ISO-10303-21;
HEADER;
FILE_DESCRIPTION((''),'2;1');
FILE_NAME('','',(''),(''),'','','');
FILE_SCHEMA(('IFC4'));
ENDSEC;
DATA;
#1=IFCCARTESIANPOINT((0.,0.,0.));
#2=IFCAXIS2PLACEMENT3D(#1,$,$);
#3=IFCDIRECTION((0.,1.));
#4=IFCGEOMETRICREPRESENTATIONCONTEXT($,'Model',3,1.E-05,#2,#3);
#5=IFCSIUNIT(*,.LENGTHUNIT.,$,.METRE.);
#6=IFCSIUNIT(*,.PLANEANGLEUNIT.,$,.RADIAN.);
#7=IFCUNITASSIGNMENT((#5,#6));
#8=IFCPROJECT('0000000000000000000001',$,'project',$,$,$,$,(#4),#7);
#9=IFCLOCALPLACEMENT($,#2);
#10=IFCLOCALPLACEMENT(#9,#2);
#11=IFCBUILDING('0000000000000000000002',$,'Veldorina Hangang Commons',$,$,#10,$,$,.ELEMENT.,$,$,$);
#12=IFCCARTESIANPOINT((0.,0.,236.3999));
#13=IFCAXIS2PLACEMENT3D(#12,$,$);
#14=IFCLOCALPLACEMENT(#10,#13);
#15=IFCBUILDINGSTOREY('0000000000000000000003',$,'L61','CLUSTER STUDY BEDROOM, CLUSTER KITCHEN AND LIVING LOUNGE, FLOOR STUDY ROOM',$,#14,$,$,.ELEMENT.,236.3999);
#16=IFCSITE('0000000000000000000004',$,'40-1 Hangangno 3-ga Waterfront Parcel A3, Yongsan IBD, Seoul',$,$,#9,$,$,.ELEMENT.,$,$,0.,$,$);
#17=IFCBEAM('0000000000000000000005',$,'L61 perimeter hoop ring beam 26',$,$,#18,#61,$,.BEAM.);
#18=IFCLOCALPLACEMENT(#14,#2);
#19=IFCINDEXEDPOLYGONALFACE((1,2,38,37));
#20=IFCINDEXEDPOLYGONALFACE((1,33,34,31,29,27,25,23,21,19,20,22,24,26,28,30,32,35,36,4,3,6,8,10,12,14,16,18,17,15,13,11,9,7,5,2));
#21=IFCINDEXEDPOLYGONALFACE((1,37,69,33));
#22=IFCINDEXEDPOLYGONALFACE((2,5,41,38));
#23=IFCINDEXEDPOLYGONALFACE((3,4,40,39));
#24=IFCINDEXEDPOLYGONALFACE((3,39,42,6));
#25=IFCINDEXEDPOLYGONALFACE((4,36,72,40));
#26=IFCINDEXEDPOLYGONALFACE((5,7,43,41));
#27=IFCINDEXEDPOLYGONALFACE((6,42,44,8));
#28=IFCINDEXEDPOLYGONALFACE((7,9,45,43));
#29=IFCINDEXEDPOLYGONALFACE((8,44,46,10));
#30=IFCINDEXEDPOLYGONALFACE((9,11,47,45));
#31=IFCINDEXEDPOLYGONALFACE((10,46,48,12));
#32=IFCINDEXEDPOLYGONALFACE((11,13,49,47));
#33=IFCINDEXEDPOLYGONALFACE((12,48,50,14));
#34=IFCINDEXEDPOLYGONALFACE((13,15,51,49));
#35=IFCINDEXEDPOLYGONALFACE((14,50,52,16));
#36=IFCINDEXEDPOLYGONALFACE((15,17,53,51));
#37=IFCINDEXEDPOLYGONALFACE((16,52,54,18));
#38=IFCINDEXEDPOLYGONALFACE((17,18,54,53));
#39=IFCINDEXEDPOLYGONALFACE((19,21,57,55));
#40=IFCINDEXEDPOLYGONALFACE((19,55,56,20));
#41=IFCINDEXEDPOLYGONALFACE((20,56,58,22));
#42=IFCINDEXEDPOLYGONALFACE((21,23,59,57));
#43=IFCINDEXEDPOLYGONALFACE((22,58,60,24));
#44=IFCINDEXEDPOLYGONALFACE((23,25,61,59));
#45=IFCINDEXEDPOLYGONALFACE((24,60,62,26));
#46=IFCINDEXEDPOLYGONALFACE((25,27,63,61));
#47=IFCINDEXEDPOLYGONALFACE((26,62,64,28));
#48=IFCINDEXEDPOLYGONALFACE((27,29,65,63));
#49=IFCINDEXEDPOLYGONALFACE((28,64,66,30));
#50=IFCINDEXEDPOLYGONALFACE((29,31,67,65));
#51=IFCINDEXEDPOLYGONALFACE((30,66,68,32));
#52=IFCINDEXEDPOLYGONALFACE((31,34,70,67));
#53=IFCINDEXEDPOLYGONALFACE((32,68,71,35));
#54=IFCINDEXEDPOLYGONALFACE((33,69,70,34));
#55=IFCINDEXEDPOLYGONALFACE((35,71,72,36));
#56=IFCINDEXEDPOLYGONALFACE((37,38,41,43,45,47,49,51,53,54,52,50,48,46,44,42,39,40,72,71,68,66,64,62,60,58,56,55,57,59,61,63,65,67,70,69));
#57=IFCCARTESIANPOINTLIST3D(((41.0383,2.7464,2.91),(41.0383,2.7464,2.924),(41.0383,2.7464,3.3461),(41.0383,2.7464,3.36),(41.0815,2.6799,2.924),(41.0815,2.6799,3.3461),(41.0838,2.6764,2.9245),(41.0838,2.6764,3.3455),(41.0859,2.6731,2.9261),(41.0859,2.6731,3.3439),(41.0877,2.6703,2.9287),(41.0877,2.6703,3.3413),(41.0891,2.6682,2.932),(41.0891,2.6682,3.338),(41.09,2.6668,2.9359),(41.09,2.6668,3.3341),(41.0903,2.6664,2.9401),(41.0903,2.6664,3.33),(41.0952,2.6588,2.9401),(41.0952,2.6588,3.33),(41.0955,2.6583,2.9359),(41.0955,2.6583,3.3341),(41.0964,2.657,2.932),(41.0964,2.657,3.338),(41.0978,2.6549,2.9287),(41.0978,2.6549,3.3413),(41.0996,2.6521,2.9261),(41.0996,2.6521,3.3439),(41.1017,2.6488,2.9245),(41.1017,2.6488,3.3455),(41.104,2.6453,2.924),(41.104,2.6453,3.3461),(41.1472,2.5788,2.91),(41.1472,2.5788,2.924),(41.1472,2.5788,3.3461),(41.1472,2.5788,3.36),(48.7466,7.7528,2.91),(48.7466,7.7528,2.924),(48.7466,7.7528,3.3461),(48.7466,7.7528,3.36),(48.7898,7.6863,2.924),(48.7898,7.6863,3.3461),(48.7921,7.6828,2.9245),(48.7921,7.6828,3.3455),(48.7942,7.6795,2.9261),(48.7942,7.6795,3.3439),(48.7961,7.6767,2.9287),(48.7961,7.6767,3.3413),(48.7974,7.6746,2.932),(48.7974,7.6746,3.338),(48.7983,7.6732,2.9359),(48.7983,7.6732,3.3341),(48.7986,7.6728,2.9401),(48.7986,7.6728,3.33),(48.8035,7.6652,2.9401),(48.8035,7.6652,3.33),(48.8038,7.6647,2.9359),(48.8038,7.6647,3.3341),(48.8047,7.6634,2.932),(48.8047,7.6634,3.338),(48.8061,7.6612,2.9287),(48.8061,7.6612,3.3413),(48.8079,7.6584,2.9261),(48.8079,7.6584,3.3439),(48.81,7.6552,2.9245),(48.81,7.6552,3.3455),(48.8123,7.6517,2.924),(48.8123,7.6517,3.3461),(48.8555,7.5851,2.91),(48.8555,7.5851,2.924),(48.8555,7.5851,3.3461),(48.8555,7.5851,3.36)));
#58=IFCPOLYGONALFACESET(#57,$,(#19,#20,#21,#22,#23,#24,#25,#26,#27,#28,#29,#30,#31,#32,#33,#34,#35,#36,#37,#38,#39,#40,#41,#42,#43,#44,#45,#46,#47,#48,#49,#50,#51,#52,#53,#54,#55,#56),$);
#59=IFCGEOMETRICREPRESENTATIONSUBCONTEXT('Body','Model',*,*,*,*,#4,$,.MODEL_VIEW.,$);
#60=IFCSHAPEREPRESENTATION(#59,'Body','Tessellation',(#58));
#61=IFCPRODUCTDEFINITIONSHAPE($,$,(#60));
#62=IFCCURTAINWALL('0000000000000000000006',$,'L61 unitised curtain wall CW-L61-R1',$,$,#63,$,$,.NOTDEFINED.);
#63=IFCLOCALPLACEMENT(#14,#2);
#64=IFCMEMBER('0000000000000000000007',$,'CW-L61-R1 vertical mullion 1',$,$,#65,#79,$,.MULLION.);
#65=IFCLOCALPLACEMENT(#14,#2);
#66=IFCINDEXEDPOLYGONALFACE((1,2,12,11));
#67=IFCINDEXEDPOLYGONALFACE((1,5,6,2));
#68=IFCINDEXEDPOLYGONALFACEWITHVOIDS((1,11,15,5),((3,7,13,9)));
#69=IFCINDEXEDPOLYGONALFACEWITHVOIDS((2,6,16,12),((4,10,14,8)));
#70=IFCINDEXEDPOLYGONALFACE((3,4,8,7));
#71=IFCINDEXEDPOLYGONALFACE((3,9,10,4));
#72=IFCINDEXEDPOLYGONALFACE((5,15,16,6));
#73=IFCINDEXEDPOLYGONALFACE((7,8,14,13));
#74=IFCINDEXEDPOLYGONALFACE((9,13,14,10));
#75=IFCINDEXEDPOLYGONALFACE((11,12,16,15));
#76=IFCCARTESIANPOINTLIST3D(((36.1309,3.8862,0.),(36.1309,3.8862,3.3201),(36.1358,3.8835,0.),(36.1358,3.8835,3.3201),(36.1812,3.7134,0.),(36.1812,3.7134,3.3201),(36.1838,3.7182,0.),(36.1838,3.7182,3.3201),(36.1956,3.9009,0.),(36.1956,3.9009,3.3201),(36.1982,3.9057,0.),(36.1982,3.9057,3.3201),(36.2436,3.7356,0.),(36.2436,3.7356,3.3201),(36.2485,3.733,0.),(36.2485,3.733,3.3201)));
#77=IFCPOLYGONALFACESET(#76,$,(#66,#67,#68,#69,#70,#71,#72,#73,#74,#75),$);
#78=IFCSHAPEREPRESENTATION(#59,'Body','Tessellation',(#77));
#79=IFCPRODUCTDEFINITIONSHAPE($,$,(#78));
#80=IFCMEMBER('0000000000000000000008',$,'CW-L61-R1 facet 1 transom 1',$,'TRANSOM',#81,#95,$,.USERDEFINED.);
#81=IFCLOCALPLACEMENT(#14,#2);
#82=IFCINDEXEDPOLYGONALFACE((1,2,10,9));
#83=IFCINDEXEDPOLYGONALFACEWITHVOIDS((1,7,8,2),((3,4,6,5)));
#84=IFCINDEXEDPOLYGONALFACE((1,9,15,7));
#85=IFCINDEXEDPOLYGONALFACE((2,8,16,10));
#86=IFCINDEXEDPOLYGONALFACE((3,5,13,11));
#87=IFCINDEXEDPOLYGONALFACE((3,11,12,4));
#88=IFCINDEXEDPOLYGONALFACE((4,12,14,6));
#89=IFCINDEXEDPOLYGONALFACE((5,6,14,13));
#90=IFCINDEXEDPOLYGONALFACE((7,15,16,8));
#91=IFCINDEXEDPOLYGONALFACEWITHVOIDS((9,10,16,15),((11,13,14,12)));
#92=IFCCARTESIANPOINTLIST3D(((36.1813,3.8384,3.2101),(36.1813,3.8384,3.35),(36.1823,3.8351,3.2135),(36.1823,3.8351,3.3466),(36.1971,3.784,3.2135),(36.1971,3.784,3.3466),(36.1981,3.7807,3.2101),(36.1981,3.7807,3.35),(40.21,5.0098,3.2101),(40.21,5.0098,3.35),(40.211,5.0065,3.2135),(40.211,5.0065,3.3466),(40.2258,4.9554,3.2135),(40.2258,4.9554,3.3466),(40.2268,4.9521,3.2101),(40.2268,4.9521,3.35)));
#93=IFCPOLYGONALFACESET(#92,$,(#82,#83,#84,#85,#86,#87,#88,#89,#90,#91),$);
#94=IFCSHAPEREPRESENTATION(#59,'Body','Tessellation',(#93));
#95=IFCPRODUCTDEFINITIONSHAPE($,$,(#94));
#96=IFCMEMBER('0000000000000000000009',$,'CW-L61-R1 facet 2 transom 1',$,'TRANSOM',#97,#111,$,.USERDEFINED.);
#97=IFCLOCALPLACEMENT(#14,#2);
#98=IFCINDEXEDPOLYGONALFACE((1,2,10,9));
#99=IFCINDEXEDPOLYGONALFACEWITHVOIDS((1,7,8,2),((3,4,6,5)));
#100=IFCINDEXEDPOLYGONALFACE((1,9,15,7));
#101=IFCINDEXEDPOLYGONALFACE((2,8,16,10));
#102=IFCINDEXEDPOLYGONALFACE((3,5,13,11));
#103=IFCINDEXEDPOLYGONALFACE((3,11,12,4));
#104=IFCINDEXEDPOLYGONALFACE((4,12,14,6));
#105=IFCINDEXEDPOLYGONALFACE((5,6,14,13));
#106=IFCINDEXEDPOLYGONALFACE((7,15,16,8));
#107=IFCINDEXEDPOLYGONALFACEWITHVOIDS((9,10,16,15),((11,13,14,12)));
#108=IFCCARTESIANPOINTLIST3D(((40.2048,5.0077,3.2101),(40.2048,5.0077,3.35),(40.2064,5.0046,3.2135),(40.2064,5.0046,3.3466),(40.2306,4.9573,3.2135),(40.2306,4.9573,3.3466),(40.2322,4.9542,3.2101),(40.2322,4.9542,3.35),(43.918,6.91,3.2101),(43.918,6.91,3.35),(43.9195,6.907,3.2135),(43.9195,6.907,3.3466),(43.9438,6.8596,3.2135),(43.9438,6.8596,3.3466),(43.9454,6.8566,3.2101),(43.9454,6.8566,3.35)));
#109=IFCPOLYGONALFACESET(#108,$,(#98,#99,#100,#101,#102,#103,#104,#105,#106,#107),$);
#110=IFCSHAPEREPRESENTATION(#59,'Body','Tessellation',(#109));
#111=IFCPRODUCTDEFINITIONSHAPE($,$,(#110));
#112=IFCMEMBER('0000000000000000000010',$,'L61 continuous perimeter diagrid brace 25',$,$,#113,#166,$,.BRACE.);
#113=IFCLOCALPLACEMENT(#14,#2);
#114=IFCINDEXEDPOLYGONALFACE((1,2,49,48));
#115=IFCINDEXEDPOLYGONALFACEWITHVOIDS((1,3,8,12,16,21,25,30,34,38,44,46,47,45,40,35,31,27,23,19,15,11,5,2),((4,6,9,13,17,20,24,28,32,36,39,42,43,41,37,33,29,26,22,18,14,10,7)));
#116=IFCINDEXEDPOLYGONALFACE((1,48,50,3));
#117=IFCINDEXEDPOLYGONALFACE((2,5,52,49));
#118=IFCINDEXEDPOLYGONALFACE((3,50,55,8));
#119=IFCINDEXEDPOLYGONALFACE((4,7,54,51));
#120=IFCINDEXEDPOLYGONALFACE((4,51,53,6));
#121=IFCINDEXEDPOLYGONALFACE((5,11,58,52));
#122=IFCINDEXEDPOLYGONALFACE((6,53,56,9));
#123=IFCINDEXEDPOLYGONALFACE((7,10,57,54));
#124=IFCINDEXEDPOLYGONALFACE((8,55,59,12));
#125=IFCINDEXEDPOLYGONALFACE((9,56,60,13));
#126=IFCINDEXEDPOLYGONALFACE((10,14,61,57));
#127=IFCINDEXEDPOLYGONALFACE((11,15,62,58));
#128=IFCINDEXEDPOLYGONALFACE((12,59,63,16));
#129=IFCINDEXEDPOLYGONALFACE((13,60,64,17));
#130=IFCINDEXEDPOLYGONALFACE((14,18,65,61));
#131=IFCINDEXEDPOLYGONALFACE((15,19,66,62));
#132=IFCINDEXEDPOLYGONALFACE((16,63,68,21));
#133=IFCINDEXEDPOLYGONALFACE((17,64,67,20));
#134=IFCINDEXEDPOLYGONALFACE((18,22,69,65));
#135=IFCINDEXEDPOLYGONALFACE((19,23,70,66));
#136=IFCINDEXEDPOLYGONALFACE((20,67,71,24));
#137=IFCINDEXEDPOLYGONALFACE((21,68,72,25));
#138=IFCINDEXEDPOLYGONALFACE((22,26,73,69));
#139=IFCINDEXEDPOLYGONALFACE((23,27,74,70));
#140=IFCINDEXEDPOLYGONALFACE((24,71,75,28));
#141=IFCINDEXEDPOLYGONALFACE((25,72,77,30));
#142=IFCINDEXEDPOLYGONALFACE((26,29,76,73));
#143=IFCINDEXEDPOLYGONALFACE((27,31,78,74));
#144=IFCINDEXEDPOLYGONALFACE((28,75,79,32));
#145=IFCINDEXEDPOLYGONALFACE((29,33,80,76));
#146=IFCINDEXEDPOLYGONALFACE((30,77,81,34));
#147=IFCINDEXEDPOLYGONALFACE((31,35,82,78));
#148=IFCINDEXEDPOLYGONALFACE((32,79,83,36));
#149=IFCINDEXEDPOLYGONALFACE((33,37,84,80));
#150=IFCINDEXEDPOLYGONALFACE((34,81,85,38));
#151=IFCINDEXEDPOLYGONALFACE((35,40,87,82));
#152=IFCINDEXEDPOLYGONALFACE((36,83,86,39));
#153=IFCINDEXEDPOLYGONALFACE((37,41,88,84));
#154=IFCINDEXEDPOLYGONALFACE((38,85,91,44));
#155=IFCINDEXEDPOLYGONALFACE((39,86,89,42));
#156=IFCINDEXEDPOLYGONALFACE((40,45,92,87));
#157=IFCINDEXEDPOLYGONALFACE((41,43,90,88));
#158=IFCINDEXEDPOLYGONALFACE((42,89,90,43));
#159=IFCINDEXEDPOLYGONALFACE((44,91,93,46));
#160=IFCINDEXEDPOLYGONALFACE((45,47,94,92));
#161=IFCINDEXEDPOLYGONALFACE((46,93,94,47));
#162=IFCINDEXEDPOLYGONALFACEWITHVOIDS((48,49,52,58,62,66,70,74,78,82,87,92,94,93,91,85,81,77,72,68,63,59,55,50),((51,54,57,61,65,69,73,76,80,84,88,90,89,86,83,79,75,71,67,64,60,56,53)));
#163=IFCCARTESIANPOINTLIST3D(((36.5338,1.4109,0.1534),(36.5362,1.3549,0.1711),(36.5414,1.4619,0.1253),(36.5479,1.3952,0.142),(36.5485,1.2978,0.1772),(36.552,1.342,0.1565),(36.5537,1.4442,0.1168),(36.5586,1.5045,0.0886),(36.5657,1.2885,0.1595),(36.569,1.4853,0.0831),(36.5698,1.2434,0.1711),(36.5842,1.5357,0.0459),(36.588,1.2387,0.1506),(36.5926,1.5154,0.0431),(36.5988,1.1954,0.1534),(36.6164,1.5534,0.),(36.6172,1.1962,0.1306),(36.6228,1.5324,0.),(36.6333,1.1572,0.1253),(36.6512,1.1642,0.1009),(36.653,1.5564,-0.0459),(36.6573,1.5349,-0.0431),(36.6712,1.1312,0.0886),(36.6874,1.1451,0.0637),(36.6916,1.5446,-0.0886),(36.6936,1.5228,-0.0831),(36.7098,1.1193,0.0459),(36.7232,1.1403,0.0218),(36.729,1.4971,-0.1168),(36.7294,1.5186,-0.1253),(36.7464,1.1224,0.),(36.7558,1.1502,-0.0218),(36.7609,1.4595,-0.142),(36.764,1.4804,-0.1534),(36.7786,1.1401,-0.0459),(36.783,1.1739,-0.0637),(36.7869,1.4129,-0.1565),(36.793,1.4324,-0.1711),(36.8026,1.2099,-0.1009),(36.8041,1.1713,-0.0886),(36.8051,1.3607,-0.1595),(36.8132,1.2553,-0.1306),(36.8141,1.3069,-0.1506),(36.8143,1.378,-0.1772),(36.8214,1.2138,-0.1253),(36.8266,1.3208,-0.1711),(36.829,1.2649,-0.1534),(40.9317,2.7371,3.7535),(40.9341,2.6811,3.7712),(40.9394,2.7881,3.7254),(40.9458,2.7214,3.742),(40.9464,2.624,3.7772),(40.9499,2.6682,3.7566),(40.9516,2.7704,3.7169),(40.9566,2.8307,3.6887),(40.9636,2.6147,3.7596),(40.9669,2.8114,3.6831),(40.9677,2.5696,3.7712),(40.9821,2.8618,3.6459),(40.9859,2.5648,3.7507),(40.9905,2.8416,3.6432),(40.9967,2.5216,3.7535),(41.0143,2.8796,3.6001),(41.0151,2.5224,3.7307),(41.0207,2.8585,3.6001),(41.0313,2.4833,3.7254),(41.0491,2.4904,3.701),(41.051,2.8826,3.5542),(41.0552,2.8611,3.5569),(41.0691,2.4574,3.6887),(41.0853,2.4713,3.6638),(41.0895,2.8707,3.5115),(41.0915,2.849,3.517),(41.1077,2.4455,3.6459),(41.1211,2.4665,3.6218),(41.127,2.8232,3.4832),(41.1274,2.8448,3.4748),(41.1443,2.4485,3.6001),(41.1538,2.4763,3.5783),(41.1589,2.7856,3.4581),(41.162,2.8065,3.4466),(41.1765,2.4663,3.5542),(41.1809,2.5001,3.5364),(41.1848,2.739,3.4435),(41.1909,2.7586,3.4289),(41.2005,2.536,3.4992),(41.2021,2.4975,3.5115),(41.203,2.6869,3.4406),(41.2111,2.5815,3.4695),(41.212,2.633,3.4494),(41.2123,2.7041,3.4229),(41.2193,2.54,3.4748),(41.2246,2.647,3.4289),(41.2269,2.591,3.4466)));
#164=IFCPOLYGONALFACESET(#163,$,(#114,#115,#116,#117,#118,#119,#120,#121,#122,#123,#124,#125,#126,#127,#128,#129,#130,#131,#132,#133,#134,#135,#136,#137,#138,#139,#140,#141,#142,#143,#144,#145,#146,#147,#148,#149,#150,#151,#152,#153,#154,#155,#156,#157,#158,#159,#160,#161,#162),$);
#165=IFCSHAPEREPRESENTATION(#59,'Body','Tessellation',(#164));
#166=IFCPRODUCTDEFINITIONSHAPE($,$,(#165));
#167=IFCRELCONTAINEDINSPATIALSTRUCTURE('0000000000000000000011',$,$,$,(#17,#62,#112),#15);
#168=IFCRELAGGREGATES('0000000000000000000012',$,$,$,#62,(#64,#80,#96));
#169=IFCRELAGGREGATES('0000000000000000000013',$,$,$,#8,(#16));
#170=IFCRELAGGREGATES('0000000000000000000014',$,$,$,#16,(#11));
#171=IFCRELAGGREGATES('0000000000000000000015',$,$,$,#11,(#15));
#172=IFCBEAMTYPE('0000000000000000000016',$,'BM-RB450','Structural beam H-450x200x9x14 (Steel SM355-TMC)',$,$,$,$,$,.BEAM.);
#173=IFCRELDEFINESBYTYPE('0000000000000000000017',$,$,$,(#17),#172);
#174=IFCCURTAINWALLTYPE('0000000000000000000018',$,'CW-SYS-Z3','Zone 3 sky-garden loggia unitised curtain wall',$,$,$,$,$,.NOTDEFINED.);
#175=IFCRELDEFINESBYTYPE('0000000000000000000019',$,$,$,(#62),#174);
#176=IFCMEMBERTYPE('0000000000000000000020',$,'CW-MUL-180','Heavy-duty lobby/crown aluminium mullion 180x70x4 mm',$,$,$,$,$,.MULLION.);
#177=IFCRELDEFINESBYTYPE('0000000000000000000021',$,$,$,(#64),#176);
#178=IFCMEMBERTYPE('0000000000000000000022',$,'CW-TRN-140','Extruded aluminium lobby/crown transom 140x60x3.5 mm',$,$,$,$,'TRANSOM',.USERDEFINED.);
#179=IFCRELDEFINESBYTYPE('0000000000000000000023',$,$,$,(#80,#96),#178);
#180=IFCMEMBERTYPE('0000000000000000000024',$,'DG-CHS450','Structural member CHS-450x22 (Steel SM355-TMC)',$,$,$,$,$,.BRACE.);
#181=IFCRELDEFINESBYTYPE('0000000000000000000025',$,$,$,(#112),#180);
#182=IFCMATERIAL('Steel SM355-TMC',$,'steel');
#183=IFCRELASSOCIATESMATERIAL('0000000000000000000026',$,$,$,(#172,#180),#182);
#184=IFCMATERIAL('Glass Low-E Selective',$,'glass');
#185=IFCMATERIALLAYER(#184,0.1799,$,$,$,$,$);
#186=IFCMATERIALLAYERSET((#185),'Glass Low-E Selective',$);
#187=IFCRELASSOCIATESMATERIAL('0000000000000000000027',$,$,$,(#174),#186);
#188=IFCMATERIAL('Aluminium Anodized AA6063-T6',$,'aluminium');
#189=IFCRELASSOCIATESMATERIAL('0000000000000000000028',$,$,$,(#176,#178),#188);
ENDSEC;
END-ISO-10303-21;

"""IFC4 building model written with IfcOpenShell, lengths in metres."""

from ifc_helpers import new_model, si_unit, direction, frame, origin, origin_2d, place, context, subcontext, project, spatial, hollow_rectangle, hollow_circle, i_section, extrude, material, layer, layer_set, material_profile, profile_set, type_object, element, aggregate, save


model = new_model("IFC4")

# Units and contexts
model_context = context("Model", 3, precision=1e-05, world=origin(), true_north=direction((0.0, 1.0)))
body_context = subcontext(model_context, "Body", "Model", "MODEL_VIEW")
ifc_project = project(units=[si_unit("LENGTHUNIT", "METRE"), si_unit("PLANEANGLEUNIT", "RADIAN")], contexts=[model_context])

# Site, building, storey
site_placement = place(None, origin())
site = spatial("IfcSite", under=ifc_project, at=site_placement, Name="40-1 Hangangno 3-ga Waterfront Parcel A3, Yongsan IBD, Seoul", CompositionType="ELEMENT", RefElevation=0.0)
building_placement = place(site_placement, origin())
building = spatial("IfcBuilding", under=site, at=building_placement, Name="Veldorina Hangang Commons", CompositionType="ELEMENT")
storey_placement = place(building_placement, frame((0.0, 0.0, 236.3999)))
storey = spatial("IfcBuildingStorey", under=building, at=storey_placement, Name="L61", Description="CLUSTER STUDY BEDROOM, CLUSTER KITCHEN AND LIVING LOUNGE, FLOOR STUDY ROOM", CompositionType="ELEMENT", Elevation=236.3999)

# Beam
ifc_material_1 = material(Name="Steel SM355-TMC", Category="steel")
ifc_material_profile_1 = material_profile(ifc_material_1, i_section(OverallWidth=0.2, OverallDepth=0.45, WebThickness=0.009, FlangeThickness=0.0139, FilletRadius=0.0161, at=origin_2d()), Name="H-450x200x9x14")
ifc_profile_set_1 = profile_set([ifc_material_profile_1], Name="Steel SM355-TMC")
beam_type = type_object("IfcBeamType", Name="BM-RB450", Description="Structural beam H-450x200x9x14 (Steel SM355-TMC)", PredefinedType="BEAM", material=ifc_profile_set_1)
beam_placement = place(storey_placement, frame((41.0928, 2.6626, 3.135), z_axis=(0.838643, 0.544681, 0.0), x_axis=(-0.544681, 0.838643, 0.0)))
element("IfcBeam", 1, at=beam_placement, inside=storey, type_object=beam_type, Name="L61 perimeter hoop ring beam 26", PredefinedType="BEAM", context=body_context, shape_type="SweptSolid", body=[
    extrude(i_section(OverallWidth=0.2, OverallDepth=0.45, WebThickness=0.009, FlangeThickness=0.0139, FilletRadius=0.0161, at=origin_2d()), origin(), (0.0, 0.0, 1.0), 9.1914),
])

# Curtain wall, members
ifc_material_2 = material(Name="Glass Low-E Selective", Category="glass")
ifc_layer_1 = layer(ifc_material_2, 0.1799)
ifc_layer_set_1 = layer_set([ifc_layer_1], Name="Glass Low-E Selective")
curtain_wall_type = type_object("IfcCurtainWallType", Name="CW-SYS-Z3", Description="Zone 3 sky-garden loggia unitised curtain wall", PredefinedType="NOTDEFINED", material=ifc_layer_set_1)
curtain_wall_placement = place(storey_placement, origin())
curtain_wall = element("IfcCurtainWall", 2, at=curtain_wall_placement, inside=storey, type_object=curtain_wall_type, Name="L61 unitised curtain wall CW-L61-R1", PredefinedType="NOTDEFINED")
ifc_material_3 = material(Name="Aluminium Anodized AA6063-T6", Category="aluminium")
ifc_material_profile_2 = material_profile(ifc_material_3, hollow_rectangle(XDim=0.0701, YDim=0.1799, WallThickness=0.0039, at=origin_2d()), Name="ALU-RHS-180x70x4")
ifc_profile_set_2 = profile_set([ifc_material_profile_2], Name="Aluminium Anodized AA6063-T6")
member_type_1 = type_object("IfcMemberType", Name="CW-MUL-180", Description="Heavy-duty lobby/crown aluminium mullion 180x70x4 mm", PredefinedType="MULLION", material=ifc_profile_set_2)
member_1_placement = place(storey_placement, frame((36.1897, 3.8096, 0.0), z_axis=(0.0, 0.0, 1.0), x_axis=(0.960235, 0.279192, 0.0)))
member_1 = element("IfcMember", 3, at=member_1_placement, type_object=member_type_1, Name="CW-L61-R1 vertical mullion 1", PredefinedType="MULLION", context=body_context, shape_type="SweptSolid", body=[
    extrude(hollow_rectangle(XDim=0.0701, YDim=0.1799, WallThickness=0.0039, at=origin_2d()), origin(), (0.0, 0.0, 1.0), 3.3201),
])
ifc_material_profile_3 = material_profile(ifc_material_3, hollow_rectangle(XDim=0.0601, YDim=0.1399, WallThickness=0.0034, at=origin_2d()), Name="ALU-RHS-140x60x3.5")
ifc_profile_set_3 = profile_set([ifc_material_profile_3], Name="Aluminium Anodized AA6063-T6")
member_type_2 = type_object("IfcMemberType", Name="CW-TRN-140", Description="Extruded aluminium lobby/crown transom 140x60x3.5 mm", ElementType="TRANSOM", PredefinedType="USERDEFINED", material=ifc_profile_set_3)
member_2_placement = place(storey_placement, frame((36.1897, 3.8096, 3.28), z_axis=(0.960236, 0.279191, 0.0), x_axis=(-0.279191, 0.960236, 0.0)))
member_2 = element("IfcMember", 4, at=member_2_placement, type_object=member_type_2, Name="CW-L61-R1 facet 1 transom 1", ObjectType="TRANSOM", PredefinedType="USERDEFINED", context=body_context, shape_type="SweptSolid", body=[
    extrude(hollow_rectangle(XDim=0.0601, YDim=0.1399, WallThickness=0.0034, at=origin_2d()), origin(), (0.0, 0.0, 1.0), 4.1956),
])
member_3_placement = place(storey_placement, frame((40.2185, 4.981, 3.28), z_axis=(0.889995, 0.45597, 0.0), x_axis=(-0.45597, 0.889995, 0.0)))
member_3 = element("IfcMember", 5, at=member_3_placement, type_object=member_type_2, Name="CW-L61-R1 facet 2 transom 1", ObjectType="TRANSOM", PredefinedType="USERDEFINED", context=body_context, shape_type="SweptSolid", body=[
    extrude(hollow_rectangle(XDim=0.0601, YDim=0.1399, WallThickness=0.0034, at=origin_2d()), origin(), (0.0, 0.0, 1.0), 4.1721),
])

# Member
ifc_material_profile_4 = material_profile(ifc_material_1, hollow_circle(Radius=0.2251, WallThickness=0.022, at=origin_2d()), Name="CHS-450x22")
ifc_profile_set_4 = profile_set([ifc_material_profile_4], Name="Steel SM355-TMC")
member_type_3 = type_object("IfcMemberType", Name="DG-CHS450", Description="Structural member CHS-450x22 (Steel SM355-TMC)", PredefinedType="BRACE", material=ifc_profile_set_4)
member_4_placement = place(storey_placement, frame((36.6814, 1.3379, 0.0), z_axis=(0.753562, 0.227232, 0.616855), x_axis=(-0.288703, 0.957419, 0.0)))
element("IfcMember", 6, at=member_4_placement, inside=storey, type_object=member_type_3, Name="L61 continuous perimeter diagrid brace 25", PredefinedType="BRACE", context=body_context, shape_type="SweptSolid", body=[
    extrude(hollow_circle(Radius=0.2251, WallThickness=0.022, at=origin_2d()), origin(), (0.0, 0.0, 1.0), 5.8362),
])

aggregate(curtain_wall, [member_1, member_2, member_3])

save(model, "model.ifc")
